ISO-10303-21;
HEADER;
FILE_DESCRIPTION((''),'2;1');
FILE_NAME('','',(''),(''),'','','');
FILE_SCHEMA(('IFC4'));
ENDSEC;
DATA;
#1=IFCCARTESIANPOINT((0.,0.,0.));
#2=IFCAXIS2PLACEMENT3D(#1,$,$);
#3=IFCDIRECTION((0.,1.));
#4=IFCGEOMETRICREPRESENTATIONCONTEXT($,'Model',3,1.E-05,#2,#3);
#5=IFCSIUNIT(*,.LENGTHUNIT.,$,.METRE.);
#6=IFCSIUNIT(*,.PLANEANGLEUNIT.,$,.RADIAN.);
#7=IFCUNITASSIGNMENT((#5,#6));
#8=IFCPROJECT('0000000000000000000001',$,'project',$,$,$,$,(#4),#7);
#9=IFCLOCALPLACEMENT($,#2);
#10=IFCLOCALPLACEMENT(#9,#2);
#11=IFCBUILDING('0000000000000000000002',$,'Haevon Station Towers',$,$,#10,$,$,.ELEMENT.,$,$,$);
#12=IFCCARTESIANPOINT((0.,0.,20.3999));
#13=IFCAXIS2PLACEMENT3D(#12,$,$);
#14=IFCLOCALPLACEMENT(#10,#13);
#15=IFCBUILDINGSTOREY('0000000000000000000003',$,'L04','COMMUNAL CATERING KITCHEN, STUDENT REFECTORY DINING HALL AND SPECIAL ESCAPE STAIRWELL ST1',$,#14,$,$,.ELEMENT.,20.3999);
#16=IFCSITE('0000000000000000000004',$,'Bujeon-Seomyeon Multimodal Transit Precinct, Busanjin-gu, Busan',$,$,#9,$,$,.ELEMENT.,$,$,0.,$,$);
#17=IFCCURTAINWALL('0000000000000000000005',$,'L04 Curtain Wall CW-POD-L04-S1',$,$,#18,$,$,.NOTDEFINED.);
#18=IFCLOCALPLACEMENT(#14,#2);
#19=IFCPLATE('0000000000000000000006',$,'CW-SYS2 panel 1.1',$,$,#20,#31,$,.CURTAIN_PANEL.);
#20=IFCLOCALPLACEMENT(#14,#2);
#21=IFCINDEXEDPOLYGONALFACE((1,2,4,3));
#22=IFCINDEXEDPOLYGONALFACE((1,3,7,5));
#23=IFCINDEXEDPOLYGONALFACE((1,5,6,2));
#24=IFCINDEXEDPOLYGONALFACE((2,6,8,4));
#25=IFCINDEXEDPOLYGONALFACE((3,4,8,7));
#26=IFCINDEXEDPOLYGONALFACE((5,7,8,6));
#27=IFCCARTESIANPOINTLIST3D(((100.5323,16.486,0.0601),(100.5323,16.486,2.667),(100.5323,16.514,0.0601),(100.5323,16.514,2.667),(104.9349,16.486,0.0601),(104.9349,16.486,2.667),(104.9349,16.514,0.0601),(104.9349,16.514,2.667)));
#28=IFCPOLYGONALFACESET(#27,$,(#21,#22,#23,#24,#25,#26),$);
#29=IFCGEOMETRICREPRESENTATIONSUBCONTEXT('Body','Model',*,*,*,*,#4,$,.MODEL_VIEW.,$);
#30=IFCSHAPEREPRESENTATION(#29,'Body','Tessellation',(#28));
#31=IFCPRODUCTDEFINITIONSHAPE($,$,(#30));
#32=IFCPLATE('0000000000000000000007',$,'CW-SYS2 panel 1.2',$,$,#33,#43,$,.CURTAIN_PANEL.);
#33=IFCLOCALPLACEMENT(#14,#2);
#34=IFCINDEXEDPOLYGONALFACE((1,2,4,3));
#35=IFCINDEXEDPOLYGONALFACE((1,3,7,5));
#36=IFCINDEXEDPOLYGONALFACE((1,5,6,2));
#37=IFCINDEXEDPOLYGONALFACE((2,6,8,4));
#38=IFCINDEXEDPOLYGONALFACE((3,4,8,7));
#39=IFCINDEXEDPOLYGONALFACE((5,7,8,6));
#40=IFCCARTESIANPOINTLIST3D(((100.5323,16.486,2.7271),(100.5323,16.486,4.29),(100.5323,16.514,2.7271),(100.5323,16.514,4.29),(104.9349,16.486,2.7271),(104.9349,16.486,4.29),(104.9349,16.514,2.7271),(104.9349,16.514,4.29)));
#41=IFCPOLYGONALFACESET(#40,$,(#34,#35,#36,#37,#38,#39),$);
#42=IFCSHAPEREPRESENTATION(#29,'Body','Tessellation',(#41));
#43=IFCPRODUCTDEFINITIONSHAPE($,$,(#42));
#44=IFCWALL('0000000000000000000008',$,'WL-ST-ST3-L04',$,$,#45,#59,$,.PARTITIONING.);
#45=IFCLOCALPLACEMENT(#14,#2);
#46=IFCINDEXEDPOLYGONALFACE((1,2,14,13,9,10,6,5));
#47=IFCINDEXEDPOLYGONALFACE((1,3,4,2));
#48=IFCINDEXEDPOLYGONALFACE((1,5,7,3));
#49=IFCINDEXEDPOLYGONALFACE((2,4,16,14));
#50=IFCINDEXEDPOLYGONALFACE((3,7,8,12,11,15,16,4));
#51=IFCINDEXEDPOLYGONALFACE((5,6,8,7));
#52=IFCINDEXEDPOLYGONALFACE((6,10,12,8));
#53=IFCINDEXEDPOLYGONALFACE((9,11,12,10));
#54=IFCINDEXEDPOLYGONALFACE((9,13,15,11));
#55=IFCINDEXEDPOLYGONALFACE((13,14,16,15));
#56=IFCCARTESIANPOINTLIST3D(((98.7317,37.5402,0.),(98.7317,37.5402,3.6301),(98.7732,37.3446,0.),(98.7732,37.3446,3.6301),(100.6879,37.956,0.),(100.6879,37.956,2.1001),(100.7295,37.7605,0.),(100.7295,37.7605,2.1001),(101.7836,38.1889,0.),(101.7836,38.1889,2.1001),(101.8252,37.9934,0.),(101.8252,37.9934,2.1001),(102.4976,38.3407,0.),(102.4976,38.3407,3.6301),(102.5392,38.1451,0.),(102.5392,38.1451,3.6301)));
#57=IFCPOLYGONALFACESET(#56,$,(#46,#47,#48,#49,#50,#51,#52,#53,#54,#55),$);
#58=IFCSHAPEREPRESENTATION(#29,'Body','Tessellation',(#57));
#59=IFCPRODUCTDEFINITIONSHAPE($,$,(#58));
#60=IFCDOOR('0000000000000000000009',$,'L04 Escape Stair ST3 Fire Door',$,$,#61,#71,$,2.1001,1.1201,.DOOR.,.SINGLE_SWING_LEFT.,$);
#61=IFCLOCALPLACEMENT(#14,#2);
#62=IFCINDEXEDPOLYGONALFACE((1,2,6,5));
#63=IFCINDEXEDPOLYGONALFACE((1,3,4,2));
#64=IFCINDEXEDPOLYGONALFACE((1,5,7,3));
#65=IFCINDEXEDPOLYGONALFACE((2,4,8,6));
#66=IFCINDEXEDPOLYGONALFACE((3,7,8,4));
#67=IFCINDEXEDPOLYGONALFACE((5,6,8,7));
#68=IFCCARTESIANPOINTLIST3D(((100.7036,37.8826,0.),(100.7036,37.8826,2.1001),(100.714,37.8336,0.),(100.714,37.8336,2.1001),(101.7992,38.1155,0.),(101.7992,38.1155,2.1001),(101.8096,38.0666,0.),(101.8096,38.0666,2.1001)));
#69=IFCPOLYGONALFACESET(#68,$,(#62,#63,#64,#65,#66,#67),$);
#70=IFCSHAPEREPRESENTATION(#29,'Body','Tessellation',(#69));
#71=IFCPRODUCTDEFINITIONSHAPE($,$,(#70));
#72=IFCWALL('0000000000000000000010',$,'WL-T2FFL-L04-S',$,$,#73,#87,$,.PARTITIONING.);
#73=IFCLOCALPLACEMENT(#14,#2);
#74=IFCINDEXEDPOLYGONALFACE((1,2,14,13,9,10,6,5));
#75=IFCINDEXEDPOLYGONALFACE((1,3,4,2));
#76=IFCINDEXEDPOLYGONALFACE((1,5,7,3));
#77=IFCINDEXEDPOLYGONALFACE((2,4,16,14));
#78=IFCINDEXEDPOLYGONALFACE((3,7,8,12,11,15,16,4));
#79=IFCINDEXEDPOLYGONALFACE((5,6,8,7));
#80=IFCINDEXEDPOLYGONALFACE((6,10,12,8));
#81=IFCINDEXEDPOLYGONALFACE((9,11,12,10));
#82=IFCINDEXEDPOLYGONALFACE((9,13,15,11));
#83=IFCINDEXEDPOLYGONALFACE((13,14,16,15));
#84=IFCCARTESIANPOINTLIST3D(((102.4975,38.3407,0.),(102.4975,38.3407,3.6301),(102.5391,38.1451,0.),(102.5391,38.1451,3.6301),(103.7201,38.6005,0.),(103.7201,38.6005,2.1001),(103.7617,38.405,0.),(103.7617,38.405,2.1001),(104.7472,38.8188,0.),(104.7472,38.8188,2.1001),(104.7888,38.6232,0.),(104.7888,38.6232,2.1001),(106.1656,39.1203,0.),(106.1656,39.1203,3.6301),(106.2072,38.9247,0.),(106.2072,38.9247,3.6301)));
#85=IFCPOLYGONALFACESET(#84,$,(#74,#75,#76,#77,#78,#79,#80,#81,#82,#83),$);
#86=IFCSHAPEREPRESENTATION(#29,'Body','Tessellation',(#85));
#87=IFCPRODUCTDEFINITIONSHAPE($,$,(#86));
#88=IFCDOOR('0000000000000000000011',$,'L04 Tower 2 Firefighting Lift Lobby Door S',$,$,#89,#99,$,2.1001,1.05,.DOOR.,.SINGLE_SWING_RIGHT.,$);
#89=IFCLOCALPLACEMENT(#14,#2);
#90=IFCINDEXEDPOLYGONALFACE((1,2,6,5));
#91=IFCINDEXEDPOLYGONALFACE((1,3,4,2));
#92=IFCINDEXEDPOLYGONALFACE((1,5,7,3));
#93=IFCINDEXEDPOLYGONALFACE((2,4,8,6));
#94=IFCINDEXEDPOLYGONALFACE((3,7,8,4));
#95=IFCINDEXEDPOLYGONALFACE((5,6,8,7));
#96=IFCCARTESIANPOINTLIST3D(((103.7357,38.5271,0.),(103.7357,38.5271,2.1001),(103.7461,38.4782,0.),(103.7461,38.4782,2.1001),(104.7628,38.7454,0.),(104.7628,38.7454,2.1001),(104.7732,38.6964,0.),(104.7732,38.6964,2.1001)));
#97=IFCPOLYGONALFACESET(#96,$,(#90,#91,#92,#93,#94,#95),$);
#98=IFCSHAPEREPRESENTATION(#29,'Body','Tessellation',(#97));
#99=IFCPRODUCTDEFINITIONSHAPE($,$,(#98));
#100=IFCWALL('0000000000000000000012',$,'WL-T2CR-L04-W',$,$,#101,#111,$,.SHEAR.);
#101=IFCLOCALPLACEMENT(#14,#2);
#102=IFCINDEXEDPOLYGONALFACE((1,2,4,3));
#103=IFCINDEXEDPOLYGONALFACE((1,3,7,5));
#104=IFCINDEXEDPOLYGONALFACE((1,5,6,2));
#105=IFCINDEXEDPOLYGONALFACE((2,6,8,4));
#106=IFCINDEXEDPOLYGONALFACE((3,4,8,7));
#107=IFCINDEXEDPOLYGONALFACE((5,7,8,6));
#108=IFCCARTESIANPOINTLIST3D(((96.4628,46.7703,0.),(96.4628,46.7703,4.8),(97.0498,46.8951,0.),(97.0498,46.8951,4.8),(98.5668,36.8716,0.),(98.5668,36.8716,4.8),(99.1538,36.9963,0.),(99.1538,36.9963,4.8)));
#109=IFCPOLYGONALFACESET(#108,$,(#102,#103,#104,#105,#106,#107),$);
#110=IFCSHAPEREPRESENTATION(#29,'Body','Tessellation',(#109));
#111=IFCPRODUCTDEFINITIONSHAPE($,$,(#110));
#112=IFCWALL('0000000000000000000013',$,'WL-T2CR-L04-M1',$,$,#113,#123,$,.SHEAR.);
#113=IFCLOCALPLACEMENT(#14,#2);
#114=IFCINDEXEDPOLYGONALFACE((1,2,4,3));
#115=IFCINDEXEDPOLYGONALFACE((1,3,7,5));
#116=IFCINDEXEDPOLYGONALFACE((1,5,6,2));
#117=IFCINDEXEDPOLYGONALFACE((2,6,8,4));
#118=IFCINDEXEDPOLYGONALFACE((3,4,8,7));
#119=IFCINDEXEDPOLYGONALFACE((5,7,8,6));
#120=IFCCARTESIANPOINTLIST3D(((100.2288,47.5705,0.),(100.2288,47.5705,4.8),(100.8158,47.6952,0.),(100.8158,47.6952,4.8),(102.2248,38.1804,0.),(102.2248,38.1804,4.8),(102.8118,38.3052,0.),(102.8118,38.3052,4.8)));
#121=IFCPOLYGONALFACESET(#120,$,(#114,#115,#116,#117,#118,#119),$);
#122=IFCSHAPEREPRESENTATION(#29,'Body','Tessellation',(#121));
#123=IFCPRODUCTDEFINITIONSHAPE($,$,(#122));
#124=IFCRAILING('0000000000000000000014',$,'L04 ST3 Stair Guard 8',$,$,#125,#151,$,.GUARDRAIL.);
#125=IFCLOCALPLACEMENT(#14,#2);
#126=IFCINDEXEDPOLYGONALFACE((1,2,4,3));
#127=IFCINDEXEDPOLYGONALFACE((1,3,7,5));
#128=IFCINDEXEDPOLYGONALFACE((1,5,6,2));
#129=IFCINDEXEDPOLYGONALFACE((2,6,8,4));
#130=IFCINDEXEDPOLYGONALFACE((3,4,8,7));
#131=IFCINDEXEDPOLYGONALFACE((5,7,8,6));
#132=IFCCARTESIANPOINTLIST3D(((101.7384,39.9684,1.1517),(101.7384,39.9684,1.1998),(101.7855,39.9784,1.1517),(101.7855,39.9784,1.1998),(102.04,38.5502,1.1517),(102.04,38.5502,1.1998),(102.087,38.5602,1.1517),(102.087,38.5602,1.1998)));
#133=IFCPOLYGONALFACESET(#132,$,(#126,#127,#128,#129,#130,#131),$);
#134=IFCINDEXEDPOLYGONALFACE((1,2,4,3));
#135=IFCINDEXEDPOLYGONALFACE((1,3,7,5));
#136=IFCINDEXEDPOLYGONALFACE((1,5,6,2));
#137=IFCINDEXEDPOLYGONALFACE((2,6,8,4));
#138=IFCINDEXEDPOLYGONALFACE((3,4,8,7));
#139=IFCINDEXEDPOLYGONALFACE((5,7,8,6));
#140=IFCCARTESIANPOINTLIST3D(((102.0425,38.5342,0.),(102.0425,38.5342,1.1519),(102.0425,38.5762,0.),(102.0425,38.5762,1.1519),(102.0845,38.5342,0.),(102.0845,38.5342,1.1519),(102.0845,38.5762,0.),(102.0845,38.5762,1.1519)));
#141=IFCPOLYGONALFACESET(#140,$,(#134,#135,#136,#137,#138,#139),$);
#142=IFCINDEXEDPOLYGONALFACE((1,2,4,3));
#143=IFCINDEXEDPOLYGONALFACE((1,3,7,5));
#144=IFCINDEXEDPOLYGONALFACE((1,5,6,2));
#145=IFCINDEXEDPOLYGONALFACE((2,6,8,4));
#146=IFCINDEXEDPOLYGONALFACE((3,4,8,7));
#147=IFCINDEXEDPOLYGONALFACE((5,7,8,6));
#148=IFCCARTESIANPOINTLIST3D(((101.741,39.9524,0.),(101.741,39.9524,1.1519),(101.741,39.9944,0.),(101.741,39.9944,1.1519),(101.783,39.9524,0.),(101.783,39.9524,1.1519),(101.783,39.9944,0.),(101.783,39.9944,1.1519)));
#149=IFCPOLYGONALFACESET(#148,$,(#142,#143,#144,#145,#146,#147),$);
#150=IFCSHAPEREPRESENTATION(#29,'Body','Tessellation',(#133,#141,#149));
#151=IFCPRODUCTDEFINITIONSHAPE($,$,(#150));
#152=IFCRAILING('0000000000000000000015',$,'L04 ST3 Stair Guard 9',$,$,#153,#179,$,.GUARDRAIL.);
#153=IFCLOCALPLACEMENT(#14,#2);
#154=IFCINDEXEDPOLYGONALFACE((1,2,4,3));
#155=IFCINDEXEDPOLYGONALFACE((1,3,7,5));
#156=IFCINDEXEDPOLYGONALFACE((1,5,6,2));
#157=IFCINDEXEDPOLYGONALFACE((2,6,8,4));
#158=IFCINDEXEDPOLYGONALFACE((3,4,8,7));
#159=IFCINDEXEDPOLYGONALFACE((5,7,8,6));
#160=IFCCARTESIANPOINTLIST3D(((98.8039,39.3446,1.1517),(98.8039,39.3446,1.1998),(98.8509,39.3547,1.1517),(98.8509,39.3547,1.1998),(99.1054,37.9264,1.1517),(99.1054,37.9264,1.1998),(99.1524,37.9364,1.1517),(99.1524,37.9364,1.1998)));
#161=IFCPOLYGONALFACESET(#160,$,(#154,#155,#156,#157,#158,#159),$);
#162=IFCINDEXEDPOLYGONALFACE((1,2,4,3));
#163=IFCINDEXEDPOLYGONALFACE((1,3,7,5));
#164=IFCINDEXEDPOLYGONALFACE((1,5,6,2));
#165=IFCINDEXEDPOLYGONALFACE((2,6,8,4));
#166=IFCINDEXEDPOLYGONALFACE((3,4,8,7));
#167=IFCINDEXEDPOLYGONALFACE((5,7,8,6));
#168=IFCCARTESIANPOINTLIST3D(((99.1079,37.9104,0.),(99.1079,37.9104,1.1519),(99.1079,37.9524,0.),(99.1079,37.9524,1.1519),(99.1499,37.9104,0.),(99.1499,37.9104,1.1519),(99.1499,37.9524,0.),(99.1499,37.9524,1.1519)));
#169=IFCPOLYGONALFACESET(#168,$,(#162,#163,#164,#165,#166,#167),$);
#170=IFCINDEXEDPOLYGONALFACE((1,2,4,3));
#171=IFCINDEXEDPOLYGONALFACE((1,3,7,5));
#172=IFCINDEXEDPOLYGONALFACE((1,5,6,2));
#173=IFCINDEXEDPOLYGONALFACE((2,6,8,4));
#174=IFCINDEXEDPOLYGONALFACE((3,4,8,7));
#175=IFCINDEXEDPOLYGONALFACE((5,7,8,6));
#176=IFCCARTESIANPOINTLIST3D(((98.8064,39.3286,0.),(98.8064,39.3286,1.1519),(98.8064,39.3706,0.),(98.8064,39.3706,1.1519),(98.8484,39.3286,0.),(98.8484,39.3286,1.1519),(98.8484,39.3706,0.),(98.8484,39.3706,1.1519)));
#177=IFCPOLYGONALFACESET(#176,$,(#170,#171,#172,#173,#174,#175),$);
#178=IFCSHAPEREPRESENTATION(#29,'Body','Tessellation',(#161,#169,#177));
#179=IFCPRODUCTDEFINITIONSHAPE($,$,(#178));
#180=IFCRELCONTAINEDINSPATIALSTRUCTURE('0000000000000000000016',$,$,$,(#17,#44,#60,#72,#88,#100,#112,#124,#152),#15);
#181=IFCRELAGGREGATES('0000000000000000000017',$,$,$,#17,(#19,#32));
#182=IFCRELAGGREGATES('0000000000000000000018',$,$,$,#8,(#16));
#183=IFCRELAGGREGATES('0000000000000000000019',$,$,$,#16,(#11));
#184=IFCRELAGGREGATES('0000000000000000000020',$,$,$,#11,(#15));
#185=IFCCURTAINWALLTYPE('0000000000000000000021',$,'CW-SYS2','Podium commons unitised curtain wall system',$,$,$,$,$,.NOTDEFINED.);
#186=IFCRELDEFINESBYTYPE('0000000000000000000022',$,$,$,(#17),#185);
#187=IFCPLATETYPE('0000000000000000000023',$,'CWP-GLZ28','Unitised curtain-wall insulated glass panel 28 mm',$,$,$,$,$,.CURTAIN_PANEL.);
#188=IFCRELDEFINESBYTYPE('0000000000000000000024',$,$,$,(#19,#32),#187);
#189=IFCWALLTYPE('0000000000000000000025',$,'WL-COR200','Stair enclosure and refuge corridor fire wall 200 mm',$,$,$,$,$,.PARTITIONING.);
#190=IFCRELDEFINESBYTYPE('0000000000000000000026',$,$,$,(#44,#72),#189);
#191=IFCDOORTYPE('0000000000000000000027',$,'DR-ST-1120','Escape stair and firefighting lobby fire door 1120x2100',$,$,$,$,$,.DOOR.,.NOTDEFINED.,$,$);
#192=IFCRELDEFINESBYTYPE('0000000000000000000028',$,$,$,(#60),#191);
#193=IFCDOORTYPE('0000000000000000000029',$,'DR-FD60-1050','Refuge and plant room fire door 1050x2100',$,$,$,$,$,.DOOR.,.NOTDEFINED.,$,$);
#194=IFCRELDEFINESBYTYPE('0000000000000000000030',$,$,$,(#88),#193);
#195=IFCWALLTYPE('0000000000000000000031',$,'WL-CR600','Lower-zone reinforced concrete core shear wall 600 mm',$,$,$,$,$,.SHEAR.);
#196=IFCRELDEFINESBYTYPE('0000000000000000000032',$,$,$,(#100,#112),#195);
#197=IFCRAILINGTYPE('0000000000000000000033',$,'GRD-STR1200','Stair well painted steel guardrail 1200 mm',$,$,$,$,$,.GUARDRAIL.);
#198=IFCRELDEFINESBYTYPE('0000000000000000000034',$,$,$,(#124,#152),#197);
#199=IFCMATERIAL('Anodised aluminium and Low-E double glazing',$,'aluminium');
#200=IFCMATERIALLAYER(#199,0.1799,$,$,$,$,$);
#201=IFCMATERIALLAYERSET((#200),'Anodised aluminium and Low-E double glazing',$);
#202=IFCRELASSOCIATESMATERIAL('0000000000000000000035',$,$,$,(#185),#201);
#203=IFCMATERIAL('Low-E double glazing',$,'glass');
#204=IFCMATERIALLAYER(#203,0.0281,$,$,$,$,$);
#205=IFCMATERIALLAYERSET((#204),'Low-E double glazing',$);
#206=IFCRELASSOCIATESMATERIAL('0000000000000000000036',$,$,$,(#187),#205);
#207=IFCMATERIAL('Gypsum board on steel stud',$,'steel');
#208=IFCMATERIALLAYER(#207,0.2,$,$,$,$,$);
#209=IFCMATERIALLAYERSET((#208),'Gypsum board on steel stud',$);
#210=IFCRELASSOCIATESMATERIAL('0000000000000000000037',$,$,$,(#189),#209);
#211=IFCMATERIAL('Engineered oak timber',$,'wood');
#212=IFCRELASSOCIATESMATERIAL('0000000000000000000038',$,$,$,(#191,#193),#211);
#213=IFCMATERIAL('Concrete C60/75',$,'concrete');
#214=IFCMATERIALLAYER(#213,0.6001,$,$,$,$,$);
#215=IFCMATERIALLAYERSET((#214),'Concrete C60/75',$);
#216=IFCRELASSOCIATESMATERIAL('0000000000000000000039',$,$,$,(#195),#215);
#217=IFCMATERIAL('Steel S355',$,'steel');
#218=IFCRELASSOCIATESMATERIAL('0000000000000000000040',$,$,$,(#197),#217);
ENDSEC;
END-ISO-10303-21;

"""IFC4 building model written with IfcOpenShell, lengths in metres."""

from ifc_helpers import new_model, si_unit, direction, frame, frame_2d, origin, origin_2d, place, context, subcontext, project, spatial, rectangle, extrude, material, layer, layer_set, type_object, element, fill, aggregate, save


model = new_model("IFC4")

# Units and contexts
model_context = context("Model", 3, precision=1e-05, world=origin(), true_north=direction((0.0, 1.0)))
body_context = subcontext(model_context, "Body", "Model", "MODEL_VIEW")
ifc_project = project(units=[si_unit("LENGTHUNIT", "METRE"), si_unit("PLANEANGLEUNIT", "RADIAN")], contexts=[model_context])

# Site, building, storey
site_placement = place(None, origin())
site = spatial("IfcSite", under=ifc_project, at=site_placement, Name="Bujeon-Seomyeon Multimodal Transit Precinct, Busanjin-gu, Busan", CompositionType="ELEMENT", RefElevation=0.0)
building_placement = place(site_placement, origin())
building = spatial("IfcBuilding", under=site, at=building_placement, Name="Haevon Station Towers", CompositionType="ELEMENT")
storey_placement = place(building_placement, frame((0.0, 0.0, 20.3999)))
storey = spatial("IfcBuildingStorey", under=building, at=storey_placement, Name="L04", Description="COMMUNAL CATERING KITCHEN, STUDENT REFECTORY DINING HALL AND SPECIAL ESCAPE STAIRWELL ST1", CompositionType="ELEMENT", Elevation=20.3999)

# Shared definitions
ifc_material_1 = material(Name="Steel S355", Category="steel")

# Curtain wall, plates
ifc_material_2 = material(Name="Anodised aluminium and Low-E double glazing", Category="aluminium")
ifc_layer_1 = layer(ifc_material_2, 0.1799)
ifc_layer_set_1 = layer_set([ifc_layer_1], Name="Anodised aluminium and Low-E double glazing")
curtain_wall_type = type_object("IfcCurtainWallType", Name="CW-SYS2", Description="Podium commons unitised curtain wall system", PredefinedType="NOTDEFINED", material=ifc_layer_set_1)
curtain_wall_placement = place(storey_placement, origin())
curtain_wall = element("IfcCurtainWall", 1, at=curtain_wall_placement, inside=storey, type_object=curtain_wall_type, Name="L04 Curtain Wall CW-POD-L04-S1", PredefinedType="NOTDEFINED")
ifc_material_3 = material(Name="Low-E double glazing", Category="glass")
ifc_layer_2 = layer(ifc_material_3, 0.0281)
ifc_layer_set_2 = layer_set([ifc_layer_2], Name="Low-E double glazing")
plate_type = type_object("IfcPlateType", Name="CWP-GLZ28", Description="Unitised curtain-wall insulated glass panel 28 mm", PredefinedType="CURTAIN_PANEL", material=ifc_layer_set_2)
plate_1_placement = place(storey_placement, frame((102.7336, 16.5, 0.0601), z_axis=(0.0, 0.0, 1.0), x_axis=(-1.0, 0.0, 0.0)))
plate_1 = element("IfcPlate", 2, at=plate_1_placement, type_object=plate_type, Name="CW-SYS2 panel 1.1", PredefinedType="CURTAIN_PANEL", context=body_context, shape_type="SweptSolid", body=[
    extrude(rectangle(XDim=4.4026, YDim=0.0281, at=origin_2d()), origin(), (0.0, 0.0, 1.0), 2.6069),
])
plate_2_placement = place(storey_placement, frame((102.7336, 16.5, 2.7271), z_axis=(0.0, 0.0, 1.0), x_axis=(-1.0, 0.0, 0.0)))
plate_2 = element("IfcPlate", 3, at=plate_2_placement, type_object=plate_type, Name="CW-SYS2 panel 1.2", PredefinedType="CURTAIN_PANEL", context=body_context, shape_type="SweptSolid", body=[
    extrude(rectangle(XDim=4.4026, YDim=0.0281, at=origin_2d()), origin(), (0.0, 0.0, 1.0), 1.563),
])
aggregate(curtain_wall, [plate_1, plate_2])

# Walls, openings, doors
ifc_material_4 = material(Name="Gypsum board on steel stud", Category="steel")
ifc_layer_3 = layer(ifc_material_4, 0.2)
ifc_layer_set_3 = layer_set([ifc_layer_3], Name="Gypsum board on steel stud")
wall_type_1 = type_object("IfcWallType", Name="WL-COR200", Description="Stair enclosure and refuge corridor fire wall 200 mm", PredefinedType="PARTITIONING", material=ifc_layer_set_3)
wall_1_placement = place(storey_placement, frame((98.7524, 37.4424, 0.0), z_axis=(0.0, 0.0, 1.0), x_axis=(0.978144, 0.207931, 0.0)))
wall_1 = element("IfcWall", 4, at=wall_1_placement, inside=storey, type_object=wall_type_1, Name="WL-ST-ST3-L04", PredefinedType="PARTITIONING", context=body_context, shape_type="SweptSolid", body=[
    extrude(rectangle(XDim=3.8501, YDim=0.2, at=frame_2d((1.925, 0.0))), origin(), (0.0, 0.0, 1.0), 3.6301),
])
opening_1_placement = place(wall_1_placement, frame((2.0, 0.0, 0.0)))
opening_1 = element("IfcOpeningElement", 5, at=opening_1_placement, cuts=wall_1, PredefinedType="OPENING", context=body_context, shape_type="SweptSolid", body=[
    extrude(rectangle(XDim=1.1201, YDim=2.1001, at=frame_2d((0.5601, 1.05))), frame((0.0, 0.1099, 0.0), z_axis=(0.0, -1.0, 0.0), x_axis=(1.0, 0.0, 0.0)), (0.0, 0.0, 1.0), 0.22),
])
ifc_material_5 = material(Name="Engineered oak timber", Category="wood")
door_type_1 = type_object("IfcDoorType", Name="DR-ST-1120", Description="Escape stair and firefighting lobby fire door 1120x2100", OperationType="NOTDEFINED", PredefinedType="DOOR", material=ifc_material_5)
door_1_placement = place(opening_1_placement, origin())
door_1 = element("IfcDoor", 6, at=door_1_placement, inside=storey, type_object=door_type_1, Name="L04 Escape Stair ST3 Fire Door", OperationType="SINGLE_SWING_LEFT", OverallHeight=2.1001, OverallWidth=1.1201, PredefinedType="DOOR", context=body_context, shape_type="SweptSolid", body=[
    extrude(rectangle(XDim=1.1201, YDim=2.1001, at=frame_2d((0.5601, 1.05))), frame((0.0, 0.0249, 0.0), z_axis=(0.0, -1.0, 0.0), x_axis=(1.0, 0.0, 0.0)), (0.0, 0.0, 1.0), 0.05),
])
fill(opening_1, door_1)
wall_2_placement = place(storey_placement, frame((102.5183, 38.2429, 0.0), z_axis=(0.0, 0.0, 1.0), x_axis=(0.978154, 0.207884, 0.0)))
wall_2 = element("IfcWall", 7, at=wall_2_placement, inside=storey, type_object=wall_type_1, Name="WL-T2FFL-L04-S", PredefinedType="PARTITIONING", context=body_context, shape_type="SweptSolid", body=[
    extrude(rectangle(XDim=3.75, YDim=0.2, at=frame_2d((1.875, 0.0))), origin(), (0.0, 0.0, 1.0), 3.6301),
])
opening_2_placement = place(wall_2_placement, frame((1.25, 0.0, 0.0)))
opening_2 = element("IfcOpeningElement", 8, at=opening_2_placement, cuts=wall_2, PredefinedType="OPENING", context=body_context, shape_type="SweptSolid", body=[
    extrude(rectangle(XDim=1.05, YDim=2.1001, at=frame_2d((0.5249, 1.05))), frame((0.0, 0.1099, 0.0), z_axis=(0.0, -1.0, 0.0), x_axis=(1.0, 0.0, 0.0)), (0.0, 0.0, 1.0), 0.22),
])
door_type_2 = type_object("IfcDoorType", Name="DR-FD60-1050", Description="Refuge and plant room fire door 1050x2100", OperationType="NOTDEFINED", PredefinedType="DOOR", material=ifc_material_5)
door_2_placement = place(opening_2_placement, origin())
door_2 = element("IfcDoor", 9, at=door_2_placement, inside=storey, type_object=door_type_2, Name="L04 Tower 2 Firefighting Lift Lobby Door S", OperationType="SINGLE_SWING_RIGHT", OverallHeight=2.1001, OverallWidth=1.05, PredefinedType="DOOR", context=body_context, shape_type="SweptSolid", body=[
    extrude(rectangle(XDim=1.05, YDim=2.1001, at=frame_2d((0.5249, 1.05))), frame((0.0, 0.0249, 0.0), z_axis=(0.0, -1.0, 0.0), x_axis=(1.0, 0.0, 0.0)), (0.0, 0.0, 1.0), 0.05),
])
fill(opening_2, door_2)

# Walls
ifc_material_6 = material(Name="Concrete C60/75", Category="concrete")
ifc_layer_4 = layer(ifc_material_6, 0.6001)
ifc_layer_set_4 = layer_set([ifc_layer_4], Name="Concrete C60/75")
wall_type_2 = type_object("IfcWallType", Name="WL-CR600", Description="Lower-zone reinforced concrete core shear wall 600 mm", PredefinedType="SHEAR", material=ifc_layer_set_4)
wall_3_placement = place(storey_placement, frame((98.8604, 36.9338, 0.0), z_axis=(0.0, 0.0, 1.0), x_axis=(-0.207909, 0.978148, 0.0)))
element("IfcWall", 10, at=wall_3_placement, inside=storey, type_object=wall_type_2, Name="WL-T2CR-L04-W", PredefinedType="SHEAR", context=body_context, shape_type="SweptSolid", body=[
    extrude(rectangle(XDim=10.1199, YDim=0.6001, at=frame_2d((5.0601, 0.0))), origin(), (0.0, 0.0, 1.0), 4.8),
])
wall_4_placement = place(storey_placement, frame((102.5183, 38.2429, 0.0), z_axis=(0.0, 0.0, 1.0), x_axis=(-0.207927, 0.978144, 0.0)))
element("IfcWall", 11, at=wall_4_placement, inside=storey, type_object=wall_type_2, Name="WL-T2CR-L04-M1", PredefinedType="SHEAR", context=body_context, shape_type="SweptSolid", body=[
    extrude(rectangle(XDim=9.5999, YDim=0.6001, at=frame_2d((4.7998, 0.0))), origin(), (0.0, 0.0, 1.0), 4.8),
])

# Railings
railing_type = type_object("IfcRailingType", Name="GRD-STR1200", Description="Stair well painted steel guardrail 1200 mm", PredefinedType="GUARDRAIL", material=ifc_material_1)
for number, where, name in (
    (12, (102.0635, 38.5552, 0.0), "L04 ST3 Stair Guard 8"),
    (13, (99.1289, 37.9314, 0.0), "L04 ST3 Stair Guard 9"),
):
    element("IfcRailing", number, at=place(storey_placement, frame(where)), inside=storey, type_object=railing_type, Name=name, PredefinedType="GUARDRAIL", context=body_context, shape_type="SweptSolid", body=[
        extrude(rectangle(XDim=0.0481, YDim=0.0481, at=origin_2d()), frame((0.0, 0.0, 1.1758), z_axis=(-0.207953, 0.978139, 0.0), x_axis=(-0.978139, -0.207953, 0.0)), (0.0, 0.0, 1.0), 1.45),
        extrude(rectangle(XDim=0.042, YDim=0.042, at=origin_2d()), origin(), (0.0, 0.0, 1.0), 1.1519),
        extrude(rectangle(XDim=0.042, YDim=0.042, at=origin_2d()), frame((-0.3015, 1.4182, 0.0)), (0.0, 0.0, 1.0), 1.1519),
    ])

save(model, "model.ifc")
